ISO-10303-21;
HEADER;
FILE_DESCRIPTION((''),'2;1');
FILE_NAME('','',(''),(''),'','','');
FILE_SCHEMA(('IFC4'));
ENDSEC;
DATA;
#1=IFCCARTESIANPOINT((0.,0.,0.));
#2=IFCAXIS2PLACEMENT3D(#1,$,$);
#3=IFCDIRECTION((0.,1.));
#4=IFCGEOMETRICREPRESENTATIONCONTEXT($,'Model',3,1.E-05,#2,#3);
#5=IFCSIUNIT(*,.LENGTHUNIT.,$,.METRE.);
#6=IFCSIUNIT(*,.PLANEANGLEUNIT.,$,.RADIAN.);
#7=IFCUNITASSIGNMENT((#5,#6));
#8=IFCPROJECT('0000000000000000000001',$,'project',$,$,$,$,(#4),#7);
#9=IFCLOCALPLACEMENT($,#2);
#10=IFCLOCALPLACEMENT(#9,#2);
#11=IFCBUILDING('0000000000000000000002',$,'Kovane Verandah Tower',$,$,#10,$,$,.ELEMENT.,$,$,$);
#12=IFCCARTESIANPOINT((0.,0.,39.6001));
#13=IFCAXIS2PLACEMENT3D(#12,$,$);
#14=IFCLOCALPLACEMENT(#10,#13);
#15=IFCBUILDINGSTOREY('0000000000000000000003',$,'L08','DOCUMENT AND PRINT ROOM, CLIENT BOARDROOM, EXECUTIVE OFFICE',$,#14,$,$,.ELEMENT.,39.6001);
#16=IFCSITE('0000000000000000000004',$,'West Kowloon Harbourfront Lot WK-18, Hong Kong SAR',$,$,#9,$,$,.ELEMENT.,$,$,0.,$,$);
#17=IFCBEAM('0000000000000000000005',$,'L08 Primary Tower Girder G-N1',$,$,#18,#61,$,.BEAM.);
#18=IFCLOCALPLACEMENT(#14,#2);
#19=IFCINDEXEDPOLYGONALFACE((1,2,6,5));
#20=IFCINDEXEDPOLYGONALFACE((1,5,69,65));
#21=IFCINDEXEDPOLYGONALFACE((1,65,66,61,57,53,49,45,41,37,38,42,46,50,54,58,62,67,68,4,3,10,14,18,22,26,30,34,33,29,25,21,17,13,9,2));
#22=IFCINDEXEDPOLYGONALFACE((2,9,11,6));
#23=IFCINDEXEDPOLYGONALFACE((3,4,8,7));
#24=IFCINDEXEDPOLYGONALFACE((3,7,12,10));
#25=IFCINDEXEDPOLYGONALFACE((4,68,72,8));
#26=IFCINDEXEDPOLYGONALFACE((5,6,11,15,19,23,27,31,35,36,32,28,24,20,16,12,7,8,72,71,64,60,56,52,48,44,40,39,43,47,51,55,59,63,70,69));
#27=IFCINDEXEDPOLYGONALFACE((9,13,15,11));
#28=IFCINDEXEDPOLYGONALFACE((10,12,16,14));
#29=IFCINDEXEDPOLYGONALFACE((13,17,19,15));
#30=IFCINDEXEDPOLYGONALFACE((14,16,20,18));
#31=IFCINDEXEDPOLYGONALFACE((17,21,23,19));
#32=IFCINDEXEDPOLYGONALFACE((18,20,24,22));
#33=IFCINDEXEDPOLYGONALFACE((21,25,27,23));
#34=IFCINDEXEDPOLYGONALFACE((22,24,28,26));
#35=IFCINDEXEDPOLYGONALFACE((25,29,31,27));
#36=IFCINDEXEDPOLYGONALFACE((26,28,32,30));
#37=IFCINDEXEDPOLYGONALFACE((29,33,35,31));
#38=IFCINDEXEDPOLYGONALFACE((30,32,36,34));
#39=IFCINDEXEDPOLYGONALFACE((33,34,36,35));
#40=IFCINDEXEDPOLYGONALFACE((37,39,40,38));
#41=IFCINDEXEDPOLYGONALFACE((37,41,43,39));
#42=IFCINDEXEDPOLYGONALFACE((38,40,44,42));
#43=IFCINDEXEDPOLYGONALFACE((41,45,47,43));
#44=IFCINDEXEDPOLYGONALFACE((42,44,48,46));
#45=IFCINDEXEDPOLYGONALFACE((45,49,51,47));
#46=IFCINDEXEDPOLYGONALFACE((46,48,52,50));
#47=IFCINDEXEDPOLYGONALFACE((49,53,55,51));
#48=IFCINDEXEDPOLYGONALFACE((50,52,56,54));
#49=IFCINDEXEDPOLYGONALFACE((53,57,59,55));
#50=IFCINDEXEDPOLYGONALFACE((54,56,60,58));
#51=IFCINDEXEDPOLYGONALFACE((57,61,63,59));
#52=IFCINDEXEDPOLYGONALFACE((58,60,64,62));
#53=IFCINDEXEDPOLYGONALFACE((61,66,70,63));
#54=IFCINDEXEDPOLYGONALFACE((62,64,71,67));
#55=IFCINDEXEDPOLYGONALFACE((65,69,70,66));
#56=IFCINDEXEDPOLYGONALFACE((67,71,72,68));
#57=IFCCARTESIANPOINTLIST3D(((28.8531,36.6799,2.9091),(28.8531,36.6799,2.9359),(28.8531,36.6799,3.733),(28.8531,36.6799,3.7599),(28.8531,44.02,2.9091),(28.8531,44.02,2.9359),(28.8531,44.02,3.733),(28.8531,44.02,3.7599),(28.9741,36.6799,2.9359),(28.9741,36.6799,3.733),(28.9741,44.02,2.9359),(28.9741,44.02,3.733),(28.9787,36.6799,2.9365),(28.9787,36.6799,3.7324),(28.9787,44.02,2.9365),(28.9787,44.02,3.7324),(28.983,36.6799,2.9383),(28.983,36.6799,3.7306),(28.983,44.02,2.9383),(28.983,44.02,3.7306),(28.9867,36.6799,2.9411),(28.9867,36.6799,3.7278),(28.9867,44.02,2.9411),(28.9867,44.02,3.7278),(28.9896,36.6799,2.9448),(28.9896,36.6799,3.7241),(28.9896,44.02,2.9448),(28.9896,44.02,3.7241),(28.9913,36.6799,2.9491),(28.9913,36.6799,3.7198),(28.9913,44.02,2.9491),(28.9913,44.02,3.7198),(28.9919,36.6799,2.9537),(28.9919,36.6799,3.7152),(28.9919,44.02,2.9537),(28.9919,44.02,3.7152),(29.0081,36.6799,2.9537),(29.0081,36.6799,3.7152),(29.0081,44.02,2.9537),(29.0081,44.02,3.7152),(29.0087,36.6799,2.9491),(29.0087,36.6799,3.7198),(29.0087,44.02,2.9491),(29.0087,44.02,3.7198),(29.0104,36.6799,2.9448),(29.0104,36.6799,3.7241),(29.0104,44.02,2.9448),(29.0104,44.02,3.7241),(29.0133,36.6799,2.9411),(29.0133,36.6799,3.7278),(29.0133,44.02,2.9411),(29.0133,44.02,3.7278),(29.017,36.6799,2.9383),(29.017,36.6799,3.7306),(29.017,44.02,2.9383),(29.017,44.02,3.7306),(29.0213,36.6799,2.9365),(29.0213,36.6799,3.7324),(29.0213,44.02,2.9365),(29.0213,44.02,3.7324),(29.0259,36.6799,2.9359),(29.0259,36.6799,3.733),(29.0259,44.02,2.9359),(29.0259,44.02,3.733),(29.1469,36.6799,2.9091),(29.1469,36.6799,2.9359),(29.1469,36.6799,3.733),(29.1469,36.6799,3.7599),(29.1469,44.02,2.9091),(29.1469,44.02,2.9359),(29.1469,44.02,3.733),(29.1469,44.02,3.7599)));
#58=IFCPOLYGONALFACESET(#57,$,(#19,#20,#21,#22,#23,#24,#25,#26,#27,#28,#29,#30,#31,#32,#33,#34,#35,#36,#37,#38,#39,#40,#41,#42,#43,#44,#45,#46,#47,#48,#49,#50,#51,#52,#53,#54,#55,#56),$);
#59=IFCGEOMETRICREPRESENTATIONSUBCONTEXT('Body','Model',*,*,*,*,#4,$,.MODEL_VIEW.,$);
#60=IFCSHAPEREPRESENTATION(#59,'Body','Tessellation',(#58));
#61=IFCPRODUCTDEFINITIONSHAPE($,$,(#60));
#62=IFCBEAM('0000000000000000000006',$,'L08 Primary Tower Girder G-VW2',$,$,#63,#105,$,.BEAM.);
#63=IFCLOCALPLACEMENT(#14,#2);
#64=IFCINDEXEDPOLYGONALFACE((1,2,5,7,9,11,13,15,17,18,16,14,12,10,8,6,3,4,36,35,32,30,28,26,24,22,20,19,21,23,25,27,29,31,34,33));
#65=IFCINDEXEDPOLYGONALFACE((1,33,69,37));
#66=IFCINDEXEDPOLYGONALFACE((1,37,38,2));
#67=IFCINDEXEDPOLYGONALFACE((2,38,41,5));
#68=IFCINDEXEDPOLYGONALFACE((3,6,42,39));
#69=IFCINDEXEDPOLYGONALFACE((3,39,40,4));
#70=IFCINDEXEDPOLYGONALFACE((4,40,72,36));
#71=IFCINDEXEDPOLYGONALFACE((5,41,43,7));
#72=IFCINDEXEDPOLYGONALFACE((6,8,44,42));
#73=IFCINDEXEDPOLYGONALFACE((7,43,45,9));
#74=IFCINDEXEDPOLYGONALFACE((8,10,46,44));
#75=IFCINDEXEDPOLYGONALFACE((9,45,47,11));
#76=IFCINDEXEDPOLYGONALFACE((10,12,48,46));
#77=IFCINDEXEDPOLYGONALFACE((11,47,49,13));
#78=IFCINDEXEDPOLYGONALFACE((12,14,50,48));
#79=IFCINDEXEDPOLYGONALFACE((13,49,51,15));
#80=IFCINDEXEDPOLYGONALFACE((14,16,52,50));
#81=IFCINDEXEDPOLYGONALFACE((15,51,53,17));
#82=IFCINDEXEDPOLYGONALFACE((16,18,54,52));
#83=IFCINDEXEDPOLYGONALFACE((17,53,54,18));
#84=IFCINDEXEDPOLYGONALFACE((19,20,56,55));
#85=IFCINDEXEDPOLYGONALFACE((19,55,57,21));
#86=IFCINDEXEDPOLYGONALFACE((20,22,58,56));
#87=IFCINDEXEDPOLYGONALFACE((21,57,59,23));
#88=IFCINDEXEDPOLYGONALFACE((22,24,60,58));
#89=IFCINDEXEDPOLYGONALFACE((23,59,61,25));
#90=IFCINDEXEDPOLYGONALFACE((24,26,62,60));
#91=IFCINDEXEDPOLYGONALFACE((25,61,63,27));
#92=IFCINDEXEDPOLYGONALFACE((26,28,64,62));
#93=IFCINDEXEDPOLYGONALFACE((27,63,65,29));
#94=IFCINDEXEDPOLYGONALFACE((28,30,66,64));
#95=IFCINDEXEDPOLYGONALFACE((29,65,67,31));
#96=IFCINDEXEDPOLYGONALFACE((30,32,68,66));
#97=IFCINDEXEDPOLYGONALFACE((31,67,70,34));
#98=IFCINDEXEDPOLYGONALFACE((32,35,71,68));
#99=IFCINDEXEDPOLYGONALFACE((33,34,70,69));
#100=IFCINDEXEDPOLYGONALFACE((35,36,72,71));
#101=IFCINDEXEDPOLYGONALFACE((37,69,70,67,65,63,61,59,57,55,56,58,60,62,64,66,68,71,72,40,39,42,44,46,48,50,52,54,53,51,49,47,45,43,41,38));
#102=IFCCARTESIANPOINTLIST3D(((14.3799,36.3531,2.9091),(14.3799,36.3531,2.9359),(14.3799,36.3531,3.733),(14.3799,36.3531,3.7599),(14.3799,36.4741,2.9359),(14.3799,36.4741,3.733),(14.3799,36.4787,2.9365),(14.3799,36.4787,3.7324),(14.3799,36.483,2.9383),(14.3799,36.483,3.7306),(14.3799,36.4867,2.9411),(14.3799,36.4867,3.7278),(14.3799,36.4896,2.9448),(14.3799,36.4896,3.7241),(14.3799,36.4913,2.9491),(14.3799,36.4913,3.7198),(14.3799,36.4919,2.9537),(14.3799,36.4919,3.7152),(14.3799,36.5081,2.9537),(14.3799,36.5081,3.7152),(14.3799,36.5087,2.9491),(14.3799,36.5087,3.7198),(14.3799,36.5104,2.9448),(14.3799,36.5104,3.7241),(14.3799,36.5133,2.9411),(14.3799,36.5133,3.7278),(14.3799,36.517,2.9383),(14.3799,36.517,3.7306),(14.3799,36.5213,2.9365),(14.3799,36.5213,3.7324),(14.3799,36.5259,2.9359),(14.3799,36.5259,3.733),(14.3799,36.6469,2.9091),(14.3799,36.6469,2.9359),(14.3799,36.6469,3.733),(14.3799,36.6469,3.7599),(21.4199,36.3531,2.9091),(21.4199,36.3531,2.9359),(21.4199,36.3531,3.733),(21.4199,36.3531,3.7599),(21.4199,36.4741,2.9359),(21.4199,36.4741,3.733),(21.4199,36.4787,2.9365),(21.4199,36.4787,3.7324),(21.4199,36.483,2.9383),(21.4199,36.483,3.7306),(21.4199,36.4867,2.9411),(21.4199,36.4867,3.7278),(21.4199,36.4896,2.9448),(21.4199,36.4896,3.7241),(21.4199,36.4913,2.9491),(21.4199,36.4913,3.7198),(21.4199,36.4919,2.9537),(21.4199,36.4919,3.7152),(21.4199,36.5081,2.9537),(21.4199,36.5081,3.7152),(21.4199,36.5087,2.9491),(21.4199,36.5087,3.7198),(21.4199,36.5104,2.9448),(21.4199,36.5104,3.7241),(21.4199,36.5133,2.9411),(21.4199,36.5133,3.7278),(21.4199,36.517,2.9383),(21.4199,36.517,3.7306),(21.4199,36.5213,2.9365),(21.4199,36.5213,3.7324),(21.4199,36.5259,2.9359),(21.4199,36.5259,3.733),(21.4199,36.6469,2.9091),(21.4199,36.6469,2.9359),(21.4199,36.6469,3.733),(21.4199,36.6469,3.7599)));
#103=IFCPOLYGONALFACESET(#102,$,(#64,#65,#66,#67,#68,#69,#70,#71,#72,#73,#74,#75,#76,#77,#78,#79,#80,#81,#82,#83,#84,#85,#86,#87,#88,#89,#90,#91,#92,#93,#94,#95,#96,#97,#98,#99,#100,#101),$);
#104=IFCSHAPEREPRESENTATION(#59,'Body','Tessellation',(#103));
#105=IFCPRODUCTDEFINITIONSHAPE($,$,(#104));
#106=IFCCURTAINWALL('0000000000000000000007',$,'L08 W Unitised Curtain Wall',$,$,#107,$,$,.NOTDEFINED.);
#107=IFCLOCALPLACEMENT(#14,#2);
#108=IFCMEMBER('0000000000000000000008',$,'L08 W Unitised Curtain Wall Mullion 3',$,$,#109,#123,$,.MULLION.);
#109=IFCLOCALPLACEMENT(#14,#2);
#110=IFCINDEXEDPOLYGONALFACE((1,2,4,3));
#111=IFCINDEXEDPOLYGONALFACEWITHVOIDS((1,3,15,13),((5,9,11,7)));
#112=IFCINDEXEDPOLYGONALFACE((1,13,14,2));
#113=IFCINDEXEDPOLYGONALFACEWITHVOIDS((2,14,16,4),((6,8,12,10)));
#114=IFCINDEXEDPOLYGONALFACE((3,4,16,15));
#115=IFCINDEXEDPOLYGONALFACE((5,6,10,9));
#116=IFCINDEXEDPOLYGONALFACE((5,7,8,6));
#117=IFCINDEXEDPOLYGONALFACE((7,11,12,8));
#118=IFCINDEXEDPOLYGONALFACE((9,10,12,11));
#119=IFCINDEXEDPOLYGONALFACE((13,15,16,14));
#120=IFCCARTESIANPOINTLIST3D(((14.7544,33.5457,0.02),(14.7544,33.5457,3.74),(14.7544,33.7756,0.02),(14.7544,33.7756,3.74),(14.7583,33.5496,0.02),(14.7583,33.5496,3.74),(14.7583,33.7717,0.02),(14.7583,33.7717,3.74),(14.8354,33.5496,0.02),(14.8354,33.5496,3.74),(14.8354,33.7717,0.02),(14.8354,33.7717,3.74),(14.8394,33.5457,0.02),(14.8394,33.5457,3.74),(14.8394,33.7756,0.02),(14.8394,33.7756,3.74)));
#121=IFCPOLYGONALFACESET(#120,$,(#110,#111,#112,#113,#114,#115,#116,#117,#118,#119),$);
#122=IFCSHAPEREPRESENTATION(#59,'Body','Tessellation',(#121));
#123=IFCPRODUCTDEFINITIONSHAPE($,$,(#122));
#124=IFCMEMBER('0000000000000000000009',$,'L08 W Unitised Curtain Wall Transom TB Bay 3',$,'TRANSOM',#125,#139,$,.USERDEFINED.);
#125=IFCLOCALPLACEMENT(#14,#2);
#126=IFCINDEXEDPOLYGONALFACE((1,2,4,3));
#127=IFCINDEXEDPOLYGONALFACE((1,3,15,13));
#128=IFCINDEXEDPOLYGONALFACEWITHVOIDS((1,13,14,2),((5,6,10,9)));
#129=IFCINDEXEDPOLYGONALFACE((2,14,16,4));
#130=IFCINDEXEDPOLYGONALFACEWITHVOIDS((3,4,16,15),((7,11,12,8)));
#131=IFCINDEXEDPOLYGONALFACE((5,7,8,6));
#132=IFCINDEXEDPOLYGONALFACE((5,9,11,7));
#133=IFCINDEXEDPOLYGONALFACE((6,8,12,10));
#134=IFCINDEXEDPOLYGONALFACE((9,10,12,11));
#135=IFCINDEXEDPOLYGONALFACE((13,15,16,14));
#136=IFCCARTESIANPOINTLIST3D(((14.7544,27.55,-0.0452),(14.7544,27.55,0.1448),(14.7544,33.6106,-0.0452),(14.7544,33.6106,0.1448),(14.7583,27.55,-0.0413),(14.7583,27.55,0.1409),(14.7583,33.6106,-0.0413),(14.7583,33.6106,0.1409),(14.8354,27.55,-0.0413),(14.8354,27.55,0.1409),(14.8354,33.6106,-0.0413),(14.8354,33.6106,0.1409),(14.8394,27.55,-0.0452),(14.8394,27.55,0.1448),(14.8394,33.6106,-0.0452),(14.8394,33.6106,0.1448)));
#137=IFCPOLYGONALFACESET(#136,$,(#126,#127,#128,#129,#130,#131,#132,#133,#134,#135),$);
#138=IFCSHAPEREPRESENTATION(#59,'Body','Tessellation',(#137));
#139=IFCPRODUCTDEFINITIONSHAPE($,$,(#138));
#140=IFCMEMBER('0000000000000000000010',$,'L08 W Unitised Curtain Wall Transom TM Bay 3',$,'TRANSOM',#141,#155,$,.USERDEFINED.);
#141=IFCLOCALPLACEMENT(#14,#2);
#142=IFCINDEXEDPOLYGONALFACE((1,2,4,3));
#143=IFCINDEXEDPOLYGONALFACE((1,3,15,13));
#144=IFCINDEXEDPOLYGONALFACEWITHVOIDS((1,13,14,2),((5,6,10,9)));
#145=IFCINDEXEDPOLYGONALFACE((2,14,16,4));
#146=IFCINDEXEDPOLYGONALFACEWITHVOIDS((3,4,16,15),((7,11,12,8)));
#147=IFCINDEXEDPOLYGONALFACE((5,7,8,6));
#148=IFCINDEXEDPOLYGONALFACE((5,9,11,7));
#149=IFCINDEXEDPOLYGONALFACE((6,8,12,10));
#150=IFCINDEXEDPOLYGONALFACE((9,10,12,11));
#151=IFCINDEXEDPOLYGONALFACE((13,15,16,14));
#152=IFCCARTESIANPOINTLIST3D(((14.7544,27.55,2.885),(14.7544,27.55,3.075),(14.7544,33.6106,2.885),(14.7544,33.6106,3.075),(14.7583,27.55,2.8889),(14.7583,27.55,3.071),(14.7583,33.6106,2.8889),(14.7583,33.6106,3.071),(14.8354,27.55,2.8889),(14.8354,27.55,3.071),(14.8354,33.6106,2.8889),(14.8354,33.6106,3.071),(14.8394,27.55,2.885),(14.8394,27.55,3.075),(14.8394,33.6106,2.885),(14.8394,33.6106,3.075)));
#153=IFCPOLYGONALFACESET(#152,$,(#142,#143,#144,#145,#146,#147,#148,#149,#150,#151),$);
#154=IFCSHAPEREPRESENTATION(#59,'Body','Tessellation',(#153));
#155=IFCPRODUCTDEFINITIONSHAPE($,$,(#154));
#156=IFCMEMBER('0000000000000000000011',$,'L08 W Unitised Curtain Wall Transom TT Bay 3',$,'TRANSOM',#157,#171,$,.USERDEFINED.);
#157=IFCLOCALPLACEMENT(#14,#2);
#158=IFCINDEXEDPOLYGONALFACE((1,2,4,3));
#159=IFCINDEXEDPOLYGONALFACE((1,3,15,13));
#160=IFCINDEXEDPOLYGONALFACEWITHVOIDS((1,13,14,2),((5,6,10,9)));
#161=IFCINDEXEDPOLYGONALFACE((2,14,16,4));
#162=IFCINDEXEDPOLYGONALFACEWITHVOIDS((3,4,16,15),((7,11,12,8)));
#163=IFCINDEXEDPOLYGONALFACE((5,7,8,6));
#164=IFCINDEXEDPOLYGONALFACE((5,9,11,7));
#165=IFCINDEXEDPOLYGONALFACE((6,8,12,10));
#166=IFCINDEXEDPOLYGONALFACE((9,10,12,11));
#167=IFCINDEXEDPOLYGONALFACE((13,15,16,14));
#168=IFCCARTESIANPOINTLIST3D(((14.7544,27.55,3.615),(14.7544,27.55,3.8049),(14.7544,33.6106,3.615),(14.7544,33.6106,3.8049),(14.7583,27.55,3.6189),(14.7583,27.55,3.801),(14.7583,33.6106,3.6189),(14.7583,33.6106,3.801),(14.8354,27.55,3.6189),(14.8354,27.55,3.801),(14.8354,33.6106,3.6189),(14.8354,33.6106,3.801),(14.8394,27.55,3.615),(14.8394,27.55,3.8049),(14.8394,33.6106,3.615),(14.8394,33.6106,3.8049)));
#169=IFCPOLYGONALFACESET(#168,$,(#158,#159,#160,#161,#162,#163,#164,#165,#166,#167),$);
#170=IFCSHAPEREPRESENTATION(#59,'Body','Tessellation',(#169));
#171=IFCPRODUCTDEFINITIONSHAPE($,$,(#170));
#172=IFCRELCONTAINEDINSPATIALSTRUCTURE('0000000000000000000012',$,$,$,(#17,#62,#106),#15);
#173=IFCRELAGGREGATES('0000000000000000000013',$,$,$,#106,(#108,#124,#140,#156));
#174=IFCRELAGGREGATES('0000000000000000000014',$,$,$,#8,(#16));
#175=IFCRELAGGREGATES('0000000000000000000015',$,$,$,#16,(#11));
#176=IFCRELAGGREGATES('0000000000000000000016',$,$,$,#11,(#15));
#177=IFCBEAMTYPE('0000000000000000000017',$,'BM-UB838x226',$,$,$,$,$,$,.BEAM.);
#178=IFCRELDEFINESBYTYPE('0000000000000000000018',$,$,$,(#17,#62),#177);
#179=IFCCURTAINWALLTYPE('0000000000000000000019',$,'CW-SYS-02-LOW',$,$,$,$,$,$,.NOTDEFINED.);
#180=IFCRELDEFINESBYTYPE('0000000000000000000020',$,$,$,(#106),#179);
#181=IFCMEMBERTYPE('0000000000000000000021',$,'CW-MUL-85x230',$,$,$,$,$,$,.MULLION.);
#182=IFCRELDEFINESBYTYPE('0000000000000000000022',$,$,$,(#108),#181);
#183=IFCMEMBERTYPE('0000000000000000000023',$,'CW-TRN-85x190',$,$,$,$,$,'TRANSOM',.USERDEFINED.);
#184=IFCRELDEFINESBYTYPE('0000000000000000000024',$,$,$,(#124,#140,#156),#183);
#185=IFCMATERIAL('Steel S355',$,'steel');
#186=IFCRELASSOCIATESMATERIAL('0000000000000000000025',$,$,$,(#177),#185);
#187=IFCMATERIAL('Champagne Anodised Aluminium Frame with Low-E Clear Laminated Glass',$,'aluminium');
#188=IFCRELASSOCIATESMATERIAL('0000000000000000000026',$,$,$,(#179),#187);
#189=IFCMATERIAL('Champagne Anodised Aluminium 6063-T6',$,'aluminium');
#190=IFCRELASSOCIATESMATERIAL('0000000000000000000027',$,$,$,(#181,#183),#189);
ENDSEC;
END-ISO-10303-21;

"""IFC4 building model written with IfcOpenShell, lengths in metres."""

from ifc_helpers import new_model, si_unit, direction, frame, origin, origin_2d, place, context, subcontext, project, spatial, hollow_rectangle, i_section, extrude, material, material_profile, profile_set, type_object, element, aggregate, save


model = new_model("IFC4")

# Units and contexts
model_context = context("Model", 3, precision=1e-05, world=origin(), true_north=direction((0.0, 1.0)))
body_context = subcontext(model_context, "Body", "Model", "MODEL_VIEW")
ifc_project = project(units=[si_unit("LENGTHUNIT", "METRE"), si_unit("PLANEANGLEUNIT", "RADIAN")], contexts=[model_context])

# Site, building, storey
site_placement = place(None, origin())
site = spatial("IfcSite", under=ifc_project, at=site_placement, Name="West Kowloon Harbourfront Lot WK-18, Hong Kong SAR", CompositionType="ELEMENT", RefElevation=0.0)
building_placement = place(site_placement, origin())
building = spatial("IfcBuilding", under=site, at=building_placement, Name="Kovane Verandah Tower", CompositionType="ELEMENT")
storey_placement = place(building_placement, frame((0.0, 0.0, 39.6001)))
storey = spatial("IfcBuildingStorey", under=building, at=storey_placement, Name="L08", Description="DOCUMENT AND PRINT ROOM, CLIENT BOARDROOM, EXECUTIVE OFFICE", CompositionType="ELEMENT", Elevation=39.6001)

# Beams
ifc_material_1 = material(Name="Steel S355", Category="steel")
ifc_material_profile_1 = material_profile(ifc_material_1, i_section(OverallWidth=0.2937, OverallDepth=0.8508, WebThickness=0.0161, FlangeThickness=0.0269, FilletRadius=0.0178, at=origin_2d()), Name="UB838x292x226")
ifc_profile_set_1 = profile_set([ifc_material_profile_1], Name="Steel S355")
beam_type_1 = type_object("IfcBeamType", Name="BM-UB838x226", PredefinedType="BEAM", material=ifc_profile_set_1)
beam_1_placement = place(storey_placement, frame((29.0, 36.6799, 3.3345), z_axis=(0.0, 1.0, 0.0), x_axis=(-1.0, 0.0, 0.0)))
element("IfcBeam", 1, at=beam_1_placement, inside=storey, type_object=beam_type_1, Name="L08 Primary Tower Girder G-N1", PredefinedType="BEAM", context=body_context, shape_type="SweptSolid", body=[
    extrude(i_section(OverallWidth=0.2937, OverallDepth=0.8508, WebThickness=0.0161, FlangeThickness=0.0269, FilletRadius=0.0178, at=origin_2d()), origin(), (0.0, 0.0, 1.0), 7.3401),
])
beam_2_placement = place(storey_placement, frame((21.4199, 36.5, 3.3345), z_axis=(-1.0, 0.0, 0.0), x_axis=(0.0, -1.0, 0.0)))
element("IfcBeam", 2, at=beam_2_placement, inside=storey, type_object=beam_type_1, Name="L08 Primary Tower Girder G-VW2", PredefinedType="BEAM", context=body_context, shape_type="SweptSolid", body=[
    extrude(i_section(OverallWidth=0.2937, OverallDepth=0.8508, WebThickness=0.0161, FlangeThickness=0.0269, FilletRadius=0.0178, at=origin_2d()), origin(), (0.0, 0.0, 1.0), 7.04),
])

# Curtain wall, members
ifc_material_2 = material(Name="Champagne Anodised Aluminium Frame with Low-E Clear Laminated Glass", Category="aluminium")
curtain_wall_type = type_object("IfcCurtainWallType", Name="CW-SYS-02-LOW", PredefinedType="NOTDEFINED", material=ifc_material_2)
curtain_wall_placement = place(storey_placement, origin())
curtain_wall = element("IfcCurtainWall", 3, at=curtain_wall_placement, inside=storey, type_object=curtain_wall_type, Name="L08 W Unitised Curtain Wall", PredefinedType="NOTDEFINED")
ifc_material_3 = material(Name="Champagne Anodised Aluminium 6063-T6", Category="aluminium")
ifc_material_profile_2 = material_profile(ifc_material_3, hollow_rectangle(XDim=0.085, YDim=0.23, WallThickness=0.0039, at=origin_2d()), Name="AL85x230x4")
ifc_profile_set_2 = profile_set([ifc_material_profile_2], Name="Champagne Anodised Aluminium 6063-T6")
member_type_1 = type_object("IfcMemberType", Name="CW-MUL-85x230", PredefinedType="MULLION", material=ifc_profile_set_2)
member_1_placement = place(storey_placement, frame((14.7969, 33.6606, 0.02), z_axis=(0.0, 0.0, 1.0), x_axis=(-1.0, 0.0, 0.0)))
member_1 = element("IfcMember", 4, at=member_1_placement, type_object=member_type_1, Name="L08 W Unitised Curtain Wall Mullion 3", PredefinedType="MULLION", context=body_context, shape_type="SweptSolid", body=[
    extrude(hollow_rectangle(XDim=0.085, YDim=0.23, WallThickness=0.0039, at=origin_2d()), origin(), (0.0, 0.0, 1.0), 3.72),
])
ifc_material_profile_3 = material_profile(ifc_material_3, hollow_rectangle(XDim=0.085, YDim=0.1899, WallThickness=0.0039, at=origin_2d()), Name="AL85x190x4")
ifc_profile_set_3 = profile_set([ifc_material_profile_3], Name="Champagne Anodised Aluminium 6063-T6")
member_type_2 = type_object("IfcMemberType", Name="CW-TRN-85x190", ElementType="TRANSOM", PredefinedType="USERDEFINED", material=ifc_profile_set_3)
member_2_placement = place(storey_placement, frame((14.7969, 33.6106, 0.0498), z_axis=(0.0, -1.0, 0.0), x_axis=(1.0, 0.0, 0.0)))
member_2 = element("IfcMember", 5, at=member_2_placement, type_object=member_type_2, Name="L08 W Unitised Curtain Wall Transom TB Bay 3", ObjectType="TRANSOM", PredefinedType="USERDEFINED", context=body_context, shape_type="SweptSolid", body=[
    extrude(hollow_rectangle(XDim=0.085, YDim=0.1899, WallThickness=0.0039, at=origin_2d()), origin(), (0.0, 0.0, 1.0), 6.0605),
])
member_3_placement = place(storey_placement, frame((14.7969, 33.6106, 2.98), z_axis=(0.0, -1.0, 0.0), x_axis=(1.0, 0.0, 0.0)))
member_3 = element("IfcMember", 6, at=member_3_placement, type_object=member_type_2, Name="L08 W Unitised Curtain Wall Transom TM Bay 3", ObjectType="TRANSOM", PredefinedType="USERDEFINED", context=body_context, shape_type="SweptSolid", body=[
    extrude(hollow_rectangle(XDim=0.085, YDim=0.1899, WallThickness=0.0039, at=origin_2d()), origin(), (0.0, 0.0, 1.0), 6.0605),
])
member_4_placement = place(storey_placement, frame((14.7969, 33.6106, 3.71), z_axis=(0.0, -1.0, 0.0), x_axis=(1.0, 0.0, 0.0)))
member_4 = element("IfcMember", 7, at=member_4_placement, type_object=member_type_2, Name="L08 W Unitised Curtain Wall Transom TT Bay 3", ObjectType="TRANSOM", PredefinedType="USERDEFINED", context=body_context, shape_type="SweptSolid", body=[
    extrude(hollow_rectangle(XDim=0.085, YDim=0.1899, WallThickness=0.0039, at=origin_2d()), origin(), (0.0, 0.0, 1.0), 6.0605),
])

aggregate(curtain_wall, [member_1, member_2, member_3, member_4])

save(model, "model.ifc")
